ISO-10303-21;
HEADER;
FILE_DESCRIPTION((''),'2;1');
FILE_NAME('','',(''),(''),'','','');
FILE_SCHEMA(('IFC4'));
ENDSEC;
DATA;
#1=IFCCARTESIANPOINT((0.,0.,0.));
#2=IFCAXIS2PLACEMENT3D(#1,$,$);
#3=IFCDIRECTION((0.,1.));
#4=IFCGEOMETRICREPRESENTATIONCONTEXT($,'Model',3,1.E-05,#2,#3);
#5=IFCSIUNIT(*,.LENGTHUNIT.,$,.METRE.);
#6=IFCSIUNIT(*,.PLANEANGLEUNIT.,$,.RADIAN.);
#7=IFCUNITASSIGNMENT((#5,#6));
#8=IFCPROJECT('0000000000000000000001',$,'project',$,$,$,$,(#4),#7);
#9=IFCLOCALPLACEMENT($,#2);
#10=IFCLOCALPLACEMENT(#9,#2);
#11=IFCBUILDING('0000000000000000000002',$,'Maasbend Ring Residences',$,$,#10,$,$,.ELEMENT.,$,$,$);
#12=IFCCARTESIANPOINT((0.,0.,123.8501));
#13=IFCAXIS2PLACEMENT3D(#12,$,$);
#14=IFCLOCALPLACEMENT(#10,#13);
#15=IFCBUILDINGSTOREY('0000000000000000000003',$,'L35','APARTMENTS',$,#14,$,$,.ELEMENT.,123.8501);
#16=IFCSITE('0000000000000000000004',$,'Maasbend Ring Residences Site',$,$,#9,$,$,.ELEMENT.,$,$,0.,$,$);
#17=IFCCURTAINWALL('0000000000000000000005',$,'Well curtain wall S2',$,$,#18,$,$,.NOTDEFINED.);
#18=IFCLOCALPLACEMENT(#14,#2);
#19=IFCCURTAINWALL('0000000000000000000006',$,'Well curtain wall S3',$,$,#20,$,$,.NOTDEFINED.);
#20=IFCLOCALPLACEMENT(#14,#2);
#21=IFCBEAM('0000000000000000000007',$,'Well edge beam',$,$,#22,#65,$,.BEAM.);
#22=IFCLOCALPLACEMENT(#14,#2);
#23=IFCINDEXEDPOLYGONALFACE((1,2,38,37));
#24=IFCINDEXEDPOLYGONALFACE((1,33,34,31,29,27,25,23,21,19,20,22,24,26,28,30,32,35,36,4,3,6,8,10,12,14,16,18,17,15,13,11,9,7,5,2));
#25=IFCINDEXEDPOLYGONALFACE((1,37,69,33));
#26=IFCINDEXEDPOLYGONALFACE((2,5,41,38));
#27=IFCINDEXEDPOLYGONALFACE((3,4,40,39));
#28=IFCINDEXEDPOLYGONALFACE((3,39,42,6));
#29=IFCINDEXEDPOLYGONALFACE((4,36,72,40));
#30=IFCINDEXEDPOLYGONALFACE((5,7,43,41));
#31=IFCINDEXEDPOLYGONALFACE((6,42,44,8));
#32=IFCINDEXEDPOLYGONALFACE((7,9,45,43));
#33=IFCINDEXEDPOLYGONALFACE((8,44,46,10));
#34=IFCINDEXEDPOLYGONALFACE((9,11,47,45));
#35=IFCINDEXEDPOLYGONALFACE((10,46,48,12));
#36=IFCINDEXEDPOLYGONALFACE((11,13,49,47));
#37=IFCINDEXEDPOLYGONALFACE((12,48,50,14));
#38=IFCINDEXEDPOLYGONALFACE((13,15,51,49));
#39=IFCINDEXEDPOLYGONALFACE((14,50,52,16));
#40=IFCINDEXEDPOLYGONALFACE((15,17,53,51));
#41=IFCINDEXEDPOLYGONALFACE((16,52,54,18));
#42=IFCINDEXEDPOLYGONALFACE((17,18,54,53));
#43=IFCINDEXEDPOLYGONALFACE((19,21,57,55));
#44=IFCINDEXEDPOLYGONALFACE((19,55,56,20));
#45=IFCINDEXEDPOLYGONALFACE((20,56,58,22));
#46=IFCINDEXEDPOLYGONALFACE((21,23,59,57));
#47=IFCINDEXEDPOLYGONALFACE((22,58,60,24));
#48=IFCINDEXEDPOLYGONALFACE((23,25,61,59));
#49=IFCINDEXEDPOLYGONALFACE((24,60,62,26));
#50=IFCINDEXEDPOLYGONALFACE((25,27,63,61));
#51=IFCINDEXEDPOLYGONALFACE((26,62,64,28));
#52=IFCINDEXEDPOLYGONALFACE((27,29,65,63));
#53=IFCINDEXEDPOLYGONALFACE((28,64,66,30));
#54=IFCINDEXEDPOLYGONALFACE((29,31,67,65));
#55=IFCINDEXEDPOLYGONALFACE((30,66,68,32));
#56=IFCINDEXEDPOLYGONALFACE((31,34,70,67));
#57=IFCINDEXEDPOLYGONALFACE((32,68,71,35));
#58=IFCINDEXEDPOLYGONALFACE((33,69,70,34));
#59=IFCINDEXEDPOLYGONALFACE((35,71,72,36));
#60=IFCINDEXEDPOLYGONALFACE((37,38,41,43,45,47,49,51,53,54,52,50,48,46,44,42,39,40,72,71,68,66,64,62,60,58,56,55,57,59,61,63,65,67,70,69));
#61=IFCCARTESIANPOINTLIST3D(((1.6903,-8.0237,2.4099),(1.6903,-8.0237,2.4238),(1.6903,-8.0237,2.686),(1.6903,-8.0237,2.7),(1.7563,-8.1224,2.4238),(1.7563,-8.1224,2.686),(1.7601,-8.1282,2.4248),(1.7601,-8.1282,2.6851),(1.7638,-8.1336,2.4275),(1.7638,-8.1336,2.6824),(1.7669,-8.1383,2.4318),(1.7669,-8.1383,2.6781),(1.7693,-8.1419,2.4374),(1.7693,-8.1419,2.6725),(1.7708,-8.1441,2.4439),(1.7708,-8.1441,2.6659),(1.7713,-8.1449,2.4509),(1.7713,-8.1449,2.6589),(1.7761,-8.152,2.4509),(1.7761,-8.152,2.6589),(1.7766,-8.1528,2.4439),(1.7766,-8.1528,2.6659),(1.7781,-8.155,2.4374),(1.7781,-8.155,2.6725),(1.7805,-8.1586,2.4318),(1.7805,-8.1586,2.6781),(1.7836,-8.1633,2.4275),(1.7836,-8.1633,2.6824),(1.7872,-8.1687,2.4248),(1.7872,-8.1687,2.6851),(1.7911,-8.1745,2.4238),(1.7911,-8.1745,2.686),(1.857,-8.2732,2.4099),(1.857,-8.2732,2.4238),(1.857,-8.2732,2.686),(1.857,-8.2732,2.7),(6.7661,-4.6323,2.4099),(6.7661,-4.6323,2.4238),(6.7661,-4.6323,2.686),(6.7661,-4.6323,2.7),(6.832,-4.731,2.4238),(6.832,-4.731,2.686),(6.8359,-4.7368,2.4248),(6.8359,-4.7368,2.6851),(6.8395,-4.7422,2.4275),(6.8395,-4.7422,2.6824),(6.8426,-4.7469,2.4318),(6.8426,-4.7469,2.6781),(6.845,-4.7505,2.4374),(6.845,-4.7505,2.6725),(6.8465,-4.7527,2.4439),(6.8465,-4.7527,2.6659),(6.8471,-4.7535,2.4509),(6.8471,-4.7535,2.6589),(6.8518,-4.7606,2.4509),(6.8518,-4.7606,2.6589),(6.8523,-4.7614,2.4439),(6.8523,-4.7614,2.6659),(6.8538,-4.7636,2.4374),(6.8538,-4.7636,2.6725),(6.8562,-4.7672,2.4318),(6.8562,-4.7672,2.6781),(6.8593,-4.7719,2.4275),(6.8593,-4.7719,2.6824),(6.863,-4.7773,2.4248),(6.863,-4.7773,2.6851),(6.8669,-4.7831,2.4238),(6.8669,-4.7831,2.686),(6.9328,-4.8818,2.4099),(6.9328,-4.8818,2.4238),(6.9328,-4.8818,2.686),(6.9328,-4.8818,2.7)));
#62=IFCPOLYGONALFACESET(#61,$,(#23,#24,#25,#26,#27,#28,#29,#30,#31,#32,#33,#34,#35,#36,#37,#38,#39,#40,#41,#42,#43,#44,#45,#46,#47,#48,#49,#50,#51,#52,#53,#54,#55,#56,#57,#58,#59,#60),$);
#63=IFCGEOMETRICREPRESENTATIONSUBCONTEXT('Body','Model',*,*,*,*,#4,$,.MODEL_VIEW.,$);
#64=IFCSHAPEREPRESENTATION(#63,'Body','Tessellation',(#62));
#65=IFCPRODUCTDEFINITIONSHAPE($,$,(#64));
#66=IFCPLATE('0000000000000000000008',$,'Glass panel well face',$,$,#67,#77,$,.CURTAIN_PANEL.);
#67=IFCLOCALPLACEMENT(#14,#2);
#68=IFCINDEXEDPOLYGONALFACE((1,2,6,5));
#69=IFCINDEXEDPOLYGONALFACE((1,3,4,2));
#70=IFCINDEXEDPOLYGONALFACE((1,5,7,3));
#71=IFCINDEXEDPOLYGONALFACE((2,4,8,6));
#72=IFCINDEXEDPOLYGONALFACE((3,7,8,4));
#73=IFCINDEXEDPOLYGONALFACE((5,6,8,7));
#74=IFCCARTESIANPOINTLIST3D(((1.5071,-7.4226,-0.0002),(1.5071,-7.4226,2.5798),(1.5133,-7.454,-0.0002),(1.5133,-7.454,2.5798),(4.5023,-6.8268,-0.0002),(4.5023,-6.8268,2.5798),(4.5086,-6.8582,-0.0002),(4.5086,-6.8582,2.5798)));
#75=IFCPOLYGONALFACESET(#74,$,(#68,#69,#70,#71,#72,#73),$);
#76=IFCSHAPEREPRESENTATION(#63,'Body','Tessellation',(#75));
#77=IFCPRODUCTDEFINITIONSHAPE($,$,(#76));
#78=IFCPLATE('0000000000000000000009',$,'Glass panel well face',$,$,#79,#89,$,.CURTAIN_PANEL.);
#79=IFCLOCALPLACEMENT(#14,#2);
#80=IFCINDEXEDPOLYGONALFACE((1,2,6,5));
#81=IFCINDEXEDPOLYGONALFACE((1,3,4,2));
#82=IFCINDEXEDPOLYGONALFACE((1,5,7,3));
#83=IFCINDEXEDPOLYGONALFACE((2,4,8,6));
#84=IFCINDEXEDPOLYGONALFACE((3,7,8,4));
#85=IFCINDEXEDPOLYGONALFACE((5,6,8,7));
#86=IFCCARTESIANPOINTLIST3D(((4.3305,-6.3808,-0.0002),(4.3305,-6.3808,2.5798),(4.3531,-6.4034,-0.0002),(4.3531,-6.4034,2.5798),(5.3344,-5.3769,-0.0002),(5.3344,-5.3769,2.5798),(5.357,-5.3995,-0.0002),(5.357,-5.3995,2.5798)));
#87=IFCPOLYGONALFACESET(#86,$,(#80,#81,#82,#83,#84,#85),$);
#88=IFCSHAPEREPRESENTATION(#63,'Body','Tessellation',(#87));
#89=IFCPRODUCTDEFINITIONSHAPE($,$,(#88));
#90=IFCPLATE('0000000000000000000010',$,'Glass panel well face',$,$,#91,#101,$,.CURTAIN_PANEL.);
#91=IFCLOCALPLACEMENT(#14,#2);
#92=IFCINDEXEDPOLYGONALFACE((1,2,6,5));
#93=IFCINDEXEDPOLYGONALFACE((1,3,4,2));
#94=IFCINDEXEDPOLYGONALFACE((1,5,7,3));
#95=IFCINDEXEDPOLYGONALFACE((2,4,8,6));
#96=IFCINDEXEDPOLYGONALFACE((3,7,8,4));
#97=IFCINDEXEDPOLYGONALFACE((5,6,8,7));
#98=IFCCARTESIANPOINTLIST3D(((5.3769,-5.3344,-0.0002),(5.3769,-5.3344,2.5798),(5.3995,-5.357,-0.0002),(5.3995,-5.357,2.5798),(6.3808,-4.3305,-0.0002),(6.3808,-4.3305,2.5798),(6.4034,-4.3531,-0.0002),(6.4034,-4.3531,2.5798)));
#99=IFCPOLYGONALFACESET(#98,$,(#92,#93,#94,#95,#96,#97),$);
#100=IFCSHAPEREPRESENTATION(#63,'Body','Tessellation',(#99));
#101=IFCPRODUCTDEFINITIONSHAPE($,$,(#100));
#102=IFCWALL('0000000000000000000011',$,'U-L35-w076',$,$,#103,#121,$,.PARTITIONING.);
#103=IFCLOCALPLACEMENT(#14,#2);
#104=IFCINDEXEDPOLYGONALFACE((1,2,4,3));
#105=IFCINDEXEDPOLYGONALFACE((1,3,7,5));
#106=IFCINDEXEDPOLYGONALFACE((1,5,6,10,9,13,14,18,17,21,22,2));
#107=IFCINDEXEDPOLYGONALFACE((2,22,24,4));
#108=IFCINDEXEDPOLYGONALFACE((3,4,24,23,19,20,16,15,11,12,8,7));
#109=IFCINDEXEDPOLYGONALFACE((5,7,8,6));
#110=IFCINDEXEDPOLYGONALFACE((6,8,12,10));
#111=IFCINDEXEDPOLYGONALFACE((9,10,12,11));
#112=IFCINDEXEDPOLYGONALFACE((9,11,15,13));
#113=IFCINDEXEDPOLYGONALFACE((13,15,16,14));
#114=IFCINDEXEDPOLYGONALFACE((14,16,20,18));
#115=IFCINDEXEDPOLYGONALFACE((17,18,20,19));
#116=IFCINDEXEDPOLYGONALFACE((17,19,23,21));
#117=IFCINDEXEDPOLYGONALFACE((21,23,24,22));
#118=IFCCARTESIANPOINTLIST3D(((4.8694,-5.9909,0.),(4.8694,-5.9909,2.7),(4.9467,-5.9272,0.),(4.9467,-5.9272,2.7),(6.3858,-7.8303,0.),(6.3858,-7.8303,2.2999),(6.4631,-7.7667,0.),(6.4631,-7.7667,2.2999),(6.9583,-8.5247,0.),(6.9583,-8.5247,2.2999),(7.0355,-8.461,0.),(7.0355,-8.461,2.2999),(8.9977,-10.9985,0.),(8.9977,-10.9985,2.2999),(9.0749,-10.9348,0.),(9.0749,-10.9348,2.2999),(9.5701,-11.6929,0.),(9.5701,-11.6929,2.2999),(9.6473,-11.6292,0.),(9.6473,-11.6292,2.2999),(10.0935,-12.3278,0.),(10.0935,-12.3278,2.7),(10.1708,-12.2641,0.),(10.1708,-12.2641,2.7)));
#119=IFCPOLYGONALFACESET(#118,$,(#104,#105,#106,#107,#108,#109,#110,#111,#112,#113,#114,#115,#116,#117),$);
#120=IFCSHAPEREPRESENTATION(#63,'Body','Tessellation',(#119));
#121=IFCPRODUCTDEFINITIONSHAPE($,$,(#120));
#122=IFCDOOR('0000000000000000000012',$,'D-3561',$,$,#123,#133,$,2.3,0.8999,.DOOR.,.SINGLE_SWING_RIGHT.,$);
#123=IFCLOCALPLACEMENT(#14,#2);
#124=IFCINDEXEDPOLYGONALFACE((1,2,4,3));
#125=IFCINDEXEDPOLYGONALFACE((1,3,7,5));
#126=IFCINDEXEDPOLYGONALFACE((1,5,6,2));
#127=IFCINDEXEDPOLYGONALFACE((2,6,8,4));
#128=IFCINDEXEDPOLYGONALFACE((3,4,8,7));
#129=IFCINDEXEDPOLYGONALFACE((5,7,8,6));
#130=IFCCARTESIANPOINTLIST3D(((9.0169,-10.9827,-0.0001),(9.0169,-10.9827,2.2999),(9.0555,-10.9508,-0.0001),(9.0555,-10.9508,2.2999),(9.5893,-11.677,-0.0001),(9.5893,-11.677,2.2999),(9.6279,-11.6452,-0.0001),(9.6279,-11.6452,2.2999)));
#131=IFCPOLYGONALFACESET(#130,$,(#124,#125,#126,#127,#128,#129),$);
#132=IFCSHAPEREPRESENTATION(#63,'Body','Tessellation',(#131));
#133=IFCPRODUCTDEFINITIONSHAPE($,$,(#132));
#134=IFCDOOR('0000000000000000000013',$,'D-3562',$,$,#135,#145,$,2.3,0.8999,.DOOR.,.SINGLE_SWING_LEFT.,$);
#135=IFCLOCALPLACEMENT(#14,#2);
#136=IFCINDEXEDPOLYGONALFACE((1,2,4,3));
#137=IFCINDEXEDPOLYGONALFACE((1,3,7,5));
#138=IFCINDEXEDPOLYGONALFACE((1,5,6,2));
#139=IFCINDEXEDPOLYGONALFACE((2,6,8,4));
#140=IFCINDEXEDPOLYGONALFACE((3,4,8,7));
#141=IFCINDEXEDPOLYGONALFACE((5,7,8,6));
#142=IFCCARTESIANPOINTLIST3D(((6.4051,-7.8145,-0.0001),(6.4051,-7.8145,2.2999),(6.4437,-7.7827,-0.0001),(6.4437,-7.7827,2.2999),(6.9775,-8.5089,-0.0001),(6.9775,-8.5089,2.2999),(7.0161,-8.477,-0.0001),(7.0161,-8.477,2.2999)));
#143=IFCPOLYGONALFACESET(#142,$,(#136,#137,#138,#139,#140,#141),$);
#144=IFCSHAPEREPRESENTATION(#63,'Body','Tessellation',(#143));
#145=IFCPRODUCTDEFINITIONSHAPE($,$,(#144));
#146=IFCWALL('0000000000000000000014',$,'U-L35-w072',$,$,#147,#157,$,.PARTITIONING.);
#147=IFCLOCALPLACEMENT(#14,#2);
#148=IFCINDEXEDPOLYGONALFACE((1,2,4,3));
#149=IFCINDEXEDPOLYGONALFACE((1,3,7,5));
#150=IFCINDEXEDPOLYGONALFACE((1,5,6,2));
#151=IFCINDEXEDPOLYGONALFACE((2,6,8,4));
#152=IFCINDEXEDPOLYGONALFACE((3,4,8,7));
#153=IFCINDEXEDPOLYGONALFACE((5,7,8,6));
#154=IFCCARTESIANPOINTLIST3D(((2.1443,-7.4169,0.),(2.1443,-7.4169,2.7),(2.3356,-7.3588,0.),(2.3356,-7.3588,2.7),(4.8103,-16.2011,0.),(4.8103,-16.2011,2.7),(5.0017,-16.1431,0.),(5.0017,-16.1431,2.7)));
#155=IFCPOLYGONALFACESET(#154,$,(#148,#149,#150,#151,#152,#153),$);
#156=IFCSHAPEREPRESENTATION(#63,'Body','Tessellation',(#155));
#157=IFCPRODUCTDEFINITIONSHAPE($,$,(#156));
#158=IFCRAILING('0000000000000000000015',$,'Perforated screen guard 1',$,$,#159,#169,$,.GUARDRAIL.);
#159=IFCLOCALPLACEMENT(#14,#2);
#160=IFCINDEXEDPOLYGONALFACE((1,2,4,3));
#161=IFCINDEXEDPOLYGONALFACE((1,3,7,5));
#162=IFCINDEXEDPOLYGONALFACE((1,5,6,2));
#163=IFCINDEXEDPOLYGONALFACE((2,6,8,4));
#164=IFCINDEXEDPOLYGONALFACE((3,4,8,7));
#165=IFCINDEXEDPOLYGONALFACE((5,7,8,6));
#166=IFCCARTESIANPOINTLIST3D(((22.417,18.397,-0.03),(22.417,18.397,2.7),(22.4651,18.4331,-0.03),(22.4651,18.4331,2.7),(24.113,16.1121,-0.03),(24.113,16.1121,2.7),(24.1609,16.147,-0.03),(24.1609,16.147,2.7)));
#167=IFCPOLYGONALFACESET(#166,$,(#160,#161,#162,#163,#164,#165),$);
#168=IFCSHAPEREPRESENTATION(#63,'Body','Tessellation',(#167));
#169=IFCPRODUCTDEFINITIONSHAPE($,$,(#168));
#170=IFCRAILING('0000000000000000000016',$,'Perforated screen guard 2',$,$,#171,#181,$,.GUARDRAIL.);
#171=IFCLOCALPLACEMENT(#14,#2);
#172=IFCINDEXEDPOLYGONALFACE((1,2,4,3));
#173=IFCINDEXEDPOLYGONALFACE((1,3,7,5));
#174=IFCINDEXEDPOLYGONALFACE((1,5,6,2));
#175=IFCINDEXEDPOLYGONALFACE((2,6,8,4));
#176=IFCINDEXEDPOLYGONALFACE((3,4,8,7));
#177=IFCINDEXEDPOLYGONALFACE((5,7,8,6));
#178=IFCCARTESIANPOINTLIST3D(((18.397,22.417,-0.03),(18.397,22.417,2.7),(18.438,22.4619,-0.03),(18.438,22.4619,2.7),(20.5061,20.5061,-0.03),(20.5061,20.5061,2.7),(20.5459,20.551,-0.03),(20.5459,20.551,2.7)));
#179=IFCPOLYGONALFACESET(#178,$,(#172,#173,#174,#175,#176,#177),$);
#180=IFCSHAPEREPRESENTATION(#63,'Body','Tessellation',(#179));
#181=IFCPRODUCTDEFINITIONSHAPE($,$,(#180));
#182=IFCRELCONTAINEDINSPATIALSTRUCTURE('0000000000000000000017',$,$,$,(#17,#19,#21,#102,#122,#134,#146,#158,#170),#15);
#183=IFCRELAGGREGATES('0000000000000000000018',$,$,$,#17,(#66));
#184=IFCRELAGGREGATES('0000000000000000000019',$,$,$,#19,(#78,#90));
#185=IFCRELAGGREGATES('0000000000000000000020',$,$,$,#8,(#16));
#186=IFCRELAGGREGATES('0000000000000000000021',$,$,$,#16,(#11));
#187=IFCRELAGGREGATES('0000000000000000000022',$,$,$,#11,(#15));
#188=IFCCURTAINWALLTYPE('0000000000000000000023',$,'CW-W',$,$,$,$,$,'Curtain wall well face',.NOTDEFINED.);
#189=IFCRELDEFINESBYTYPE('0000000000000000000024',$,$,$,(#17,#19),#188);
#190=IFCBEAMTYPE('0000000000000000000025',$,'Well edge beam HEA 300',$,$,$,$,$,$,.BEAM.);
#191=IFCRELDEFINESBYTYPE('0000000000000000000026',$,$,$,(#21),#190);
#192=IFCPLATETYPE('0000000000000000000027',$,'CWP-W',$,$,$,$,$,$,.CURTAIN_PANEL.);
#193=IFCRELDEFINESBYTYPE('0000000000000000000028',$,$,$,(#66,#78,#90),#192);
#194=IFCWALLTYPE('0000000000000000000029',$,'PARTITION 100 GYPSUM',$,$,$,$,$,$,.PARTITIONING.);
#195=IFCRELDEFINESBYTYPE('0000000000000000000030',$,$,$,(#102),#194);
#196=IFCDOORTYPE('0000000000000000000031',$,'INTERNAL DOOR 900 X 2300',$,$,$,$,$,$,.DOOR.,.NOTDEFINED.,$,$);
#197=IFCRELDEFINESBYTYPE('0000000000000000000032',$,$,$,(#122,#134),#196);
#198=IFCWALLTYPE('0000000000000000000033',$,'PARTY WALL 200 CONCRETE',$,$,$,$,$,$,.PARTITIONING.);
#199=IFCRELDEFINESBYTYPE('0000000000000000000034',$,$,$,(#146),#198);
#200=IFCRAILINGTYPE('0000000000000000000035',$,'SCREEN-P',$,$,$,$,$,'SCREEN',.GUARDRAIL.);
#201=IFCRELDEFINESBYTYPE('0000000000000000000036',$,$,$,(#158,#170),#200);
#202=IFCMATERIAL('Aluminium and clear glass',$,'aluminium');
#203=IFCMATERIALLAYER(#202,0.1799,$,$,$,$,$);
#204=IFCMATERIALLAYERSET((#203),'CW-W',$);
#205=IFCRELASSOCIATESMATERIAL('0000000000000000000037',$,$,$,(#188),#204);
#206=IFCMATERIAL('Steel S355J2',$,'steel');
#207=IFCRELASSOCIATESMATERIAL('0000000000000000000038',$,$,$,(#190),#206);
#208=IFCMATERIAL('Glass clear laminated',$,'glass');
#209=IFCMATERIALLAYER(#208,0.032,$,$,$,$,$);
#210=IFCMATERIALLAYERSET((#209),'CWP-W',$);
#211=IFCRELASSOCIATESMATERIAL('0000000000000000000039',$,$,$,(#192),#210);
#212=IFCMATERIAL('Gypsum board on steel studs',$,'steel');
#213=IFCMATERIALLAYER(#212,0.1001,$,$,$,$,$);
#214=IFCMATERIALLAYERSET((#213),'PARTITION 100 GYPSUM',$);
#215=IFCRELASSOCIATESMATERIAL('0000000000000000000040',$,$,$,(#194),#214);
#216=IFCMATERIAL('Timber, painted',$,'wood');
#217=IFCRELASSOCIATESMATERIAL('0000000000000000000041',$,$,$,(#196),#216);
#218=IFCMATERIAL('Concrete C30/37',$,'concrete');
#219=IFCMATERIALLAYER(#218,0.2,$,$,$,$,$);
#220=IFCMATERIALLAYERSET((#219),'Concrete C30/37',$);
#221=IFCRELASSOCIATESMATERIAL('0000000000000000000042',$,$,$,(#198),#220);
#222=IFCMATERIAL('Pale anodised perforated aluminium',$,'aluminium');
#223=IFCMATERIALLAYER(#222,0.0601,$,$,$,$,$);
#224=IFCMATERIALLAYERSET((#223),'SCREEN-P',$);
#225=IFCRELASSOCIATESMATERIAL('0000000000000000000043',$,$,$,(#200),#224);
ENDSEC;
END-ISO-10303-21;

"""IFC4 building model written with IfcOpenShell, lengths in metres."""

from ifc_helpers import new_model, si_unit, direction, frame, frame_2d, origin, origin_2d, place, context, subcontext, project, spatial, polyline, rectangle, i_section, outline, extrude, material, layer, layer_set, material_profile, profile_set, type_object, element, fill, aggregate, save


model = new_model("IFC4")

# Units and contexts
model_context = context("Model", 3, precision=1e-05, world=origin(), true_north=direction((0.0, 1.0)))
body_context = subcontext(model_context, "Body", "Model", "MODEL_VIEW")
ifc_project = project(units=[si_unit("LENGTHUNIT", "METRE"), si_unit("PLANEANGLEUNIT", "RADIAN")], contexts=[model_context])

# Site, building, storey
site_placement = place(None, origin())
site = spatial("IfcSite", under=ifc_project, at=site_placement, Name="Maasbend Ring Residences Site", CompositionType="ELEMENT", RefElevation=0.0)
building_placement = place(site_placement, origin())
building = spatial("IfcBuilding", under=site, at=building_placement, Name="Maasbend Ring Residences", CompositionType="ELEMENT")
storey_placement = place(building_placement, frame((0.0, 0.0, 123.8501)))
storey = spatial("IfcBuildingStorey", under=building, at=storey_placement, Name="L35", Description="APARTMENTS", CompositionType="ELEMENT", Elevation=123.8501)

# Curtain walls
ifc_material_1 = material(Name="Aluminium and clear glass", Category="aluminium")
ifc_layer_1 = layer(ifc_material_1, 0.1799)
ifc_layer_set_1 = layer_set([ifc_layer_1], Name="CW-W")
curtain_wall_type = type_object("IfcCurtainWallType", Name="CW-W", ElementType="Curtain wall well face", PredefinedType="NOTDEFINED", material=ifc_layer_set_1)
curtain_wall_1_placement = place(storey_placement, origin())
curtain_wall_1 = element("IfcCurtainWall", 1, at=curtain_wall_1_placement, inside=storey, type_object=curtain_wall_type, Name="Well curtain wall S2", PredefinedType="NOTDEFINED")
curtain_wall_2_placement = place(storey_placement, origin())
curtain_wall_2 = element("IfcCurtainWall", 2, at=curtain_wall_2_placement, inside=storey, type_object=curtain_wall_type, Name="Well curtain wall S3", PredefinedType="NOTDEFINED")

# Beam
ifc_material_2 = material(Name="Steel S355J2", Category="steel")
ifc_material_profile_1 = material_profile(ifc_material_2, i_section(OverallWidth=0.3, OverallDepth=0.29, WebThickness=0.0085, FlangeThickness=0.0139, FilletRadius=0.0271, at=origin_2d()), Name="HEA 300")
ifc_profile_set_1 = profile_set([ifc_material_profile_1], Name="Steel S355J2")
beam_type = type_object("IfcBeamType", Name="Well edge beam HEA 300", PredefinedType="BEAM", material=ifc_profile_set_1)
beam_placement = place(storey_placement, frame((1.7737, -8.1484, 2.5549), z_axis=(0.831478, 0.555558, 0.0), x_axis=(-0.555558, 0.831478, 0.0)))
element("IfcBeam", 3, at=beam_placement, inside=storey, type_object=beam_type, Name="Well edge beam", PredefinedType="BEAM", context=body_context, shape_type="SweptSolid", body=[
    extrude(i_section(OverallWidth=0.3, OverallDepth=0.29, WebThickness=0.0085, FlangeThickness=0.0139, FilletRadius=0.0271, at=origin_2d()), origin(), (0.0, 0.0, 1.0), 6.1045),
])

# Plates
ifc_material_3 = material(Name="Glass clear laminated", Category="glass")
ifc_layer_2 = layer(ifc_material_3, 0.032)
ifc_layer_set_2 = layer_set([ifc_layer_2], Name="CWP-W")
plate_type = type_object("IfcPlateType", Name="CWP-W", PredefinedType="CURTAIN_PANEL", material=ifc_layer_set_2)
plate_1_placement = place(storey_placement, frame((3.0078, -7.1404, -0.0002), z_axis=(0.0, 0.0, 1.0), x_axis=(0.980785, 0.19509, 0.0)))
plate_1 = element("IfcPlate", 4, at=plate_1_placement, type_object=plate_type, Name="Glass panel well face", PredefinedType="CURTAIN_PANEL", context=body_context, shape_type="SweptSolid", body=[
    extrude(rectangle(XDim=3.054, YDim=0.032, at=origin_2d()), origin(), (0.0, 0.0, 1.0), 2.5801),
])
aggregate(curtain_wall_1, [plate_1])
plate_2_placement = place(storey_placement, frame((4.8438, -5.8901, -0.0002), z_axis=(0.0, 0.0, 1.0), x_axis=(0.707107, 0.707107, 0.0)))
plate_2 = element("IfcPlate", 5, at=plate_2_placement, type_object=plate_type, Name="Glass panel well face", PredefinedType="CURTAIN_PANEL", context=body_context, shape_type="SweptSolid", body=[
    extrude(rectangle(XDim=1.4197, YDim=0.032, at=origin_2d()), origin(), (0.0, 0.0, 1.0), 2.5801),
])
plate_3_placement = place(storey_placement, frame((5.8901, -4.8438, -0.0002), z_axis=(0.0, 0.0, 1.0), x_axis=(0.707107, 0.707107, 0.0)))
plate_3 = element("IfcPlate", 6, at=plate_3_placement, type_object=plate_type, Name="Glass panel well face", PredefinedType="CURTAIN_PANEL", context=body_context, shape_type="SweptSolid", body=[
    extrude(rectangle(XDim=1.4197, YDim=0.032, at=origin_2d()), origin(), (0.0, 0.0, 1.0), 2.5801),
])
aggregate(curtain_wall_2, [plate_2, plate_3])

# Wall, openings, doors
ifc_material_4 = material(Name="Gypsum board on steel studs", Category="steel")
ifc_layer_3 = layer(ifc_material_4, 0.1001)
ifc_layer_set_3 = layer_set([ifc_layer_3], Name="PARTITION 100 GYPSUM")
wall_type_1 = type_object("IfcWallType", Name="PARTITION 100 GYPSUM", PredefinedType="PARTITIONING", material=ifc_layer_set_3)
wall_1_placement = place(storey_placement, frame((4.908, -5.959, 0.0), z_axis=(0.0, 0.0, 1.0), x_axis=(0.636105, -0.771602, 0.0)))
wall_1 = element("IfcWall", 7, at=wall_1_placement, inside=storey, type_object=wall_type_1, Name="U-L35-w076", PredefinedType="PARTITIONING", context=body_context, shape_type="SweptSolid", body=[
    extrude(rectangle(XDim=8.2126, YDim=0.1001, at=frame_2d((4.1064, 0.0))), origin(), (0.0, 0.0, 1.0), 2.7),
])
opening_1_placement = place(wall_1_placement, frame((6.49, 0.0, 0.0)))
opening_1 = element("IfcOpeningElement", 8, at=opening_1_placement, cuts=wall_1, PredefinedType="OPENING", context=body_context, shape_type="SweptSolid", body=[
    extrude(rectangle(XDim=0.8999, YDim=2.3, at=frame_2d((0.45, 1.1499))), frame((0.0, 0.0601, 0.0), z_axis=(0.0, -1.0, 0.0), x_axis=(1.0, 0.0, 0.0)), (0.0, 0.0, 1.0), 0.1201),
])
opening_2_placement = place(wall_1_placement, frame((2.384, 0.0, 0.0)))
opening_2 = element("IfcOpeningElement", 9, at=opening_2_placement, cuts=wall_1, PredefinedType="OPENING", context=body_context, shape_type="SweptSolid", body=[
    extrude(rectangle(XDim=0.8999, YDim=2.3, at=frame_2d((0.45, 1.1499))), frame((0.0, 0.0601, 0.0), z_axis=(0.0, -1.0, 0.0), x_axis=(1.0, 0.0, 0.0)), (0.0, 0.0, 1.0), 0.1201),
])
ifc_material_5 = material(Name="Timber, painted", Category="wood")
door_type = type_object("IfcDoorType", Name="INTERNAL DOOR 900 X 2300", OperationType="NOTDEFINED", PredefinedType="DOOR", material=ifc_material_5)
door_1_placement = place(opening_1_placement, origin())
door_1 = element("IfcDoor", 10, at=door_1_placement, inside=storey, type_object=door_type, Name="D-3561", OperationType="SINGLE_SWING_RIGHT", OverallHeight=2.3, OverallWidth=0.8999, PredefinedType="DOOR", context=body_context, shape_type="SweptSolid", body=[
    extrude(rectangle(XDim=0.8999, YDim=2.3, at=frame_2d((0.45, 1.1499))), frame((0.0, 0.0249, 0.0), z_axis=(0.0, -1.0, 0.0), x_axis=(1.0, 0.0, 0.0)), (0.0, 0.0, 1.0), 0.05),
])
fill(opening_1, door_1)
door_2_placement = place(opening_2_placement, origin())
door_2 = element("IfcDoor", 11, at=door_2_placement, inside=storey, type_object=door_type, Name="D-3562", OperationType="SINGLE_SWING_LEFT", OverallHeight=2.3, OverallWidth=0.8999, PredefinedType="DOOR", context=body_context, shape_type="SweptSolid", body=[
    extrude(rectangle(XDim=0.8999, YDim=2.3, at=frame_2d((0.45, 1.1499))), frame((0.0, 0.0249, 0.0), z_axis=(0.0, -1.0, 0.0), x_axis=(1.0, 0.0, 0.0)), (0.0, 0.0, 1.0), 0.05),
])
fill(opening_2, door_2)

# Wall
ifc_material_6 = material(Name="Concrete C30/37", Category="concrete")
ifc_layer_4 = layer(ifc_material_6, 0.2)
ifc_layer_set_4 = layer_set([ifc_layer_4], Name="Concrete C30/37")
wall_type_2 = type_object("IfcWallType", Name="PARTY WALL 200 CONCRETE", PredefinedType="PARTITIONING", material=ifc_layer_set_4)
wall_2_placement = place(storey_placement, frame((2.24, -7.3879, 0.0), z_axis=(0.0, 0.0, 1.0), x_axis=(0.290421, -0.956899, 0.0)))
element("IfcWall", 12, at=wall_2_placement, inside=storey, type_object=wall_type_2, Name="U-L35-w072", PredefinedType="PARTITIONING", context=body_context, shape_type="SweptSolid", body=[
    extrude(rectangle(XDim=9.1799, YDim=0.2, at=frame_2d((4.5898, 0.0))), origin(), (0.0, 0.0, 1.0), 2.7),
])

# Railings
ifc_material_7 = material(Name="Pale anodised perforated aluminium", Category="aluminium")
ifc_layer_5 = layer(ifc_material_7, 0.0601)
ifc_layer_set_5 = layer_set([ifc_layer_5], Name="SCREEN-P")
railing_type = type_object("IfcRailingType", Name="SCREEN-P", ElementType="SCREEN", PredefinedType="GUARDRAIL", material=ifc_layer_set_5)
railing_1_placement = place(storey_placement, frame((0.0, 0.0, -0.03)))
element("IfcRailing", 13, at=railing_1_placement, inside=storey, type_object=railing_type, Name="Perforated screen guard 1", PredefinedType="GUARDRAIL", context=body_context, shape_type="SweptSolid", body=[
    extrude(outline(polyline([(24.113, 16.1121), (22.417, 18.397), (22.4651, 18.4331), (24.1609, 16.147), (24.113, 16.1121)])), origin(), (0.0, 0.0, 1.0), 2.73),
])
railing_2_placement = place(storey_placement, frame((0.0, 0.0, -0.03)))
element("IfcRailing", 14, at=railing_2_placement, inside=storey, type_object=railing_type, Name="Perforated screen guard 2", PredefinedType="GUARDRAIL", context=body_context, shape_type="SweptSolid", body=[
    extrude(outline(polyline([(20.5061, 20.5061), (18.397, 22.417), (18.438, 22.4619), (20.5459, 20.551), (20.5061, 20.5061)])), origin(), (0.0, 0.0, 1.0), 2.73),
])

save(model, "model.ifc")
